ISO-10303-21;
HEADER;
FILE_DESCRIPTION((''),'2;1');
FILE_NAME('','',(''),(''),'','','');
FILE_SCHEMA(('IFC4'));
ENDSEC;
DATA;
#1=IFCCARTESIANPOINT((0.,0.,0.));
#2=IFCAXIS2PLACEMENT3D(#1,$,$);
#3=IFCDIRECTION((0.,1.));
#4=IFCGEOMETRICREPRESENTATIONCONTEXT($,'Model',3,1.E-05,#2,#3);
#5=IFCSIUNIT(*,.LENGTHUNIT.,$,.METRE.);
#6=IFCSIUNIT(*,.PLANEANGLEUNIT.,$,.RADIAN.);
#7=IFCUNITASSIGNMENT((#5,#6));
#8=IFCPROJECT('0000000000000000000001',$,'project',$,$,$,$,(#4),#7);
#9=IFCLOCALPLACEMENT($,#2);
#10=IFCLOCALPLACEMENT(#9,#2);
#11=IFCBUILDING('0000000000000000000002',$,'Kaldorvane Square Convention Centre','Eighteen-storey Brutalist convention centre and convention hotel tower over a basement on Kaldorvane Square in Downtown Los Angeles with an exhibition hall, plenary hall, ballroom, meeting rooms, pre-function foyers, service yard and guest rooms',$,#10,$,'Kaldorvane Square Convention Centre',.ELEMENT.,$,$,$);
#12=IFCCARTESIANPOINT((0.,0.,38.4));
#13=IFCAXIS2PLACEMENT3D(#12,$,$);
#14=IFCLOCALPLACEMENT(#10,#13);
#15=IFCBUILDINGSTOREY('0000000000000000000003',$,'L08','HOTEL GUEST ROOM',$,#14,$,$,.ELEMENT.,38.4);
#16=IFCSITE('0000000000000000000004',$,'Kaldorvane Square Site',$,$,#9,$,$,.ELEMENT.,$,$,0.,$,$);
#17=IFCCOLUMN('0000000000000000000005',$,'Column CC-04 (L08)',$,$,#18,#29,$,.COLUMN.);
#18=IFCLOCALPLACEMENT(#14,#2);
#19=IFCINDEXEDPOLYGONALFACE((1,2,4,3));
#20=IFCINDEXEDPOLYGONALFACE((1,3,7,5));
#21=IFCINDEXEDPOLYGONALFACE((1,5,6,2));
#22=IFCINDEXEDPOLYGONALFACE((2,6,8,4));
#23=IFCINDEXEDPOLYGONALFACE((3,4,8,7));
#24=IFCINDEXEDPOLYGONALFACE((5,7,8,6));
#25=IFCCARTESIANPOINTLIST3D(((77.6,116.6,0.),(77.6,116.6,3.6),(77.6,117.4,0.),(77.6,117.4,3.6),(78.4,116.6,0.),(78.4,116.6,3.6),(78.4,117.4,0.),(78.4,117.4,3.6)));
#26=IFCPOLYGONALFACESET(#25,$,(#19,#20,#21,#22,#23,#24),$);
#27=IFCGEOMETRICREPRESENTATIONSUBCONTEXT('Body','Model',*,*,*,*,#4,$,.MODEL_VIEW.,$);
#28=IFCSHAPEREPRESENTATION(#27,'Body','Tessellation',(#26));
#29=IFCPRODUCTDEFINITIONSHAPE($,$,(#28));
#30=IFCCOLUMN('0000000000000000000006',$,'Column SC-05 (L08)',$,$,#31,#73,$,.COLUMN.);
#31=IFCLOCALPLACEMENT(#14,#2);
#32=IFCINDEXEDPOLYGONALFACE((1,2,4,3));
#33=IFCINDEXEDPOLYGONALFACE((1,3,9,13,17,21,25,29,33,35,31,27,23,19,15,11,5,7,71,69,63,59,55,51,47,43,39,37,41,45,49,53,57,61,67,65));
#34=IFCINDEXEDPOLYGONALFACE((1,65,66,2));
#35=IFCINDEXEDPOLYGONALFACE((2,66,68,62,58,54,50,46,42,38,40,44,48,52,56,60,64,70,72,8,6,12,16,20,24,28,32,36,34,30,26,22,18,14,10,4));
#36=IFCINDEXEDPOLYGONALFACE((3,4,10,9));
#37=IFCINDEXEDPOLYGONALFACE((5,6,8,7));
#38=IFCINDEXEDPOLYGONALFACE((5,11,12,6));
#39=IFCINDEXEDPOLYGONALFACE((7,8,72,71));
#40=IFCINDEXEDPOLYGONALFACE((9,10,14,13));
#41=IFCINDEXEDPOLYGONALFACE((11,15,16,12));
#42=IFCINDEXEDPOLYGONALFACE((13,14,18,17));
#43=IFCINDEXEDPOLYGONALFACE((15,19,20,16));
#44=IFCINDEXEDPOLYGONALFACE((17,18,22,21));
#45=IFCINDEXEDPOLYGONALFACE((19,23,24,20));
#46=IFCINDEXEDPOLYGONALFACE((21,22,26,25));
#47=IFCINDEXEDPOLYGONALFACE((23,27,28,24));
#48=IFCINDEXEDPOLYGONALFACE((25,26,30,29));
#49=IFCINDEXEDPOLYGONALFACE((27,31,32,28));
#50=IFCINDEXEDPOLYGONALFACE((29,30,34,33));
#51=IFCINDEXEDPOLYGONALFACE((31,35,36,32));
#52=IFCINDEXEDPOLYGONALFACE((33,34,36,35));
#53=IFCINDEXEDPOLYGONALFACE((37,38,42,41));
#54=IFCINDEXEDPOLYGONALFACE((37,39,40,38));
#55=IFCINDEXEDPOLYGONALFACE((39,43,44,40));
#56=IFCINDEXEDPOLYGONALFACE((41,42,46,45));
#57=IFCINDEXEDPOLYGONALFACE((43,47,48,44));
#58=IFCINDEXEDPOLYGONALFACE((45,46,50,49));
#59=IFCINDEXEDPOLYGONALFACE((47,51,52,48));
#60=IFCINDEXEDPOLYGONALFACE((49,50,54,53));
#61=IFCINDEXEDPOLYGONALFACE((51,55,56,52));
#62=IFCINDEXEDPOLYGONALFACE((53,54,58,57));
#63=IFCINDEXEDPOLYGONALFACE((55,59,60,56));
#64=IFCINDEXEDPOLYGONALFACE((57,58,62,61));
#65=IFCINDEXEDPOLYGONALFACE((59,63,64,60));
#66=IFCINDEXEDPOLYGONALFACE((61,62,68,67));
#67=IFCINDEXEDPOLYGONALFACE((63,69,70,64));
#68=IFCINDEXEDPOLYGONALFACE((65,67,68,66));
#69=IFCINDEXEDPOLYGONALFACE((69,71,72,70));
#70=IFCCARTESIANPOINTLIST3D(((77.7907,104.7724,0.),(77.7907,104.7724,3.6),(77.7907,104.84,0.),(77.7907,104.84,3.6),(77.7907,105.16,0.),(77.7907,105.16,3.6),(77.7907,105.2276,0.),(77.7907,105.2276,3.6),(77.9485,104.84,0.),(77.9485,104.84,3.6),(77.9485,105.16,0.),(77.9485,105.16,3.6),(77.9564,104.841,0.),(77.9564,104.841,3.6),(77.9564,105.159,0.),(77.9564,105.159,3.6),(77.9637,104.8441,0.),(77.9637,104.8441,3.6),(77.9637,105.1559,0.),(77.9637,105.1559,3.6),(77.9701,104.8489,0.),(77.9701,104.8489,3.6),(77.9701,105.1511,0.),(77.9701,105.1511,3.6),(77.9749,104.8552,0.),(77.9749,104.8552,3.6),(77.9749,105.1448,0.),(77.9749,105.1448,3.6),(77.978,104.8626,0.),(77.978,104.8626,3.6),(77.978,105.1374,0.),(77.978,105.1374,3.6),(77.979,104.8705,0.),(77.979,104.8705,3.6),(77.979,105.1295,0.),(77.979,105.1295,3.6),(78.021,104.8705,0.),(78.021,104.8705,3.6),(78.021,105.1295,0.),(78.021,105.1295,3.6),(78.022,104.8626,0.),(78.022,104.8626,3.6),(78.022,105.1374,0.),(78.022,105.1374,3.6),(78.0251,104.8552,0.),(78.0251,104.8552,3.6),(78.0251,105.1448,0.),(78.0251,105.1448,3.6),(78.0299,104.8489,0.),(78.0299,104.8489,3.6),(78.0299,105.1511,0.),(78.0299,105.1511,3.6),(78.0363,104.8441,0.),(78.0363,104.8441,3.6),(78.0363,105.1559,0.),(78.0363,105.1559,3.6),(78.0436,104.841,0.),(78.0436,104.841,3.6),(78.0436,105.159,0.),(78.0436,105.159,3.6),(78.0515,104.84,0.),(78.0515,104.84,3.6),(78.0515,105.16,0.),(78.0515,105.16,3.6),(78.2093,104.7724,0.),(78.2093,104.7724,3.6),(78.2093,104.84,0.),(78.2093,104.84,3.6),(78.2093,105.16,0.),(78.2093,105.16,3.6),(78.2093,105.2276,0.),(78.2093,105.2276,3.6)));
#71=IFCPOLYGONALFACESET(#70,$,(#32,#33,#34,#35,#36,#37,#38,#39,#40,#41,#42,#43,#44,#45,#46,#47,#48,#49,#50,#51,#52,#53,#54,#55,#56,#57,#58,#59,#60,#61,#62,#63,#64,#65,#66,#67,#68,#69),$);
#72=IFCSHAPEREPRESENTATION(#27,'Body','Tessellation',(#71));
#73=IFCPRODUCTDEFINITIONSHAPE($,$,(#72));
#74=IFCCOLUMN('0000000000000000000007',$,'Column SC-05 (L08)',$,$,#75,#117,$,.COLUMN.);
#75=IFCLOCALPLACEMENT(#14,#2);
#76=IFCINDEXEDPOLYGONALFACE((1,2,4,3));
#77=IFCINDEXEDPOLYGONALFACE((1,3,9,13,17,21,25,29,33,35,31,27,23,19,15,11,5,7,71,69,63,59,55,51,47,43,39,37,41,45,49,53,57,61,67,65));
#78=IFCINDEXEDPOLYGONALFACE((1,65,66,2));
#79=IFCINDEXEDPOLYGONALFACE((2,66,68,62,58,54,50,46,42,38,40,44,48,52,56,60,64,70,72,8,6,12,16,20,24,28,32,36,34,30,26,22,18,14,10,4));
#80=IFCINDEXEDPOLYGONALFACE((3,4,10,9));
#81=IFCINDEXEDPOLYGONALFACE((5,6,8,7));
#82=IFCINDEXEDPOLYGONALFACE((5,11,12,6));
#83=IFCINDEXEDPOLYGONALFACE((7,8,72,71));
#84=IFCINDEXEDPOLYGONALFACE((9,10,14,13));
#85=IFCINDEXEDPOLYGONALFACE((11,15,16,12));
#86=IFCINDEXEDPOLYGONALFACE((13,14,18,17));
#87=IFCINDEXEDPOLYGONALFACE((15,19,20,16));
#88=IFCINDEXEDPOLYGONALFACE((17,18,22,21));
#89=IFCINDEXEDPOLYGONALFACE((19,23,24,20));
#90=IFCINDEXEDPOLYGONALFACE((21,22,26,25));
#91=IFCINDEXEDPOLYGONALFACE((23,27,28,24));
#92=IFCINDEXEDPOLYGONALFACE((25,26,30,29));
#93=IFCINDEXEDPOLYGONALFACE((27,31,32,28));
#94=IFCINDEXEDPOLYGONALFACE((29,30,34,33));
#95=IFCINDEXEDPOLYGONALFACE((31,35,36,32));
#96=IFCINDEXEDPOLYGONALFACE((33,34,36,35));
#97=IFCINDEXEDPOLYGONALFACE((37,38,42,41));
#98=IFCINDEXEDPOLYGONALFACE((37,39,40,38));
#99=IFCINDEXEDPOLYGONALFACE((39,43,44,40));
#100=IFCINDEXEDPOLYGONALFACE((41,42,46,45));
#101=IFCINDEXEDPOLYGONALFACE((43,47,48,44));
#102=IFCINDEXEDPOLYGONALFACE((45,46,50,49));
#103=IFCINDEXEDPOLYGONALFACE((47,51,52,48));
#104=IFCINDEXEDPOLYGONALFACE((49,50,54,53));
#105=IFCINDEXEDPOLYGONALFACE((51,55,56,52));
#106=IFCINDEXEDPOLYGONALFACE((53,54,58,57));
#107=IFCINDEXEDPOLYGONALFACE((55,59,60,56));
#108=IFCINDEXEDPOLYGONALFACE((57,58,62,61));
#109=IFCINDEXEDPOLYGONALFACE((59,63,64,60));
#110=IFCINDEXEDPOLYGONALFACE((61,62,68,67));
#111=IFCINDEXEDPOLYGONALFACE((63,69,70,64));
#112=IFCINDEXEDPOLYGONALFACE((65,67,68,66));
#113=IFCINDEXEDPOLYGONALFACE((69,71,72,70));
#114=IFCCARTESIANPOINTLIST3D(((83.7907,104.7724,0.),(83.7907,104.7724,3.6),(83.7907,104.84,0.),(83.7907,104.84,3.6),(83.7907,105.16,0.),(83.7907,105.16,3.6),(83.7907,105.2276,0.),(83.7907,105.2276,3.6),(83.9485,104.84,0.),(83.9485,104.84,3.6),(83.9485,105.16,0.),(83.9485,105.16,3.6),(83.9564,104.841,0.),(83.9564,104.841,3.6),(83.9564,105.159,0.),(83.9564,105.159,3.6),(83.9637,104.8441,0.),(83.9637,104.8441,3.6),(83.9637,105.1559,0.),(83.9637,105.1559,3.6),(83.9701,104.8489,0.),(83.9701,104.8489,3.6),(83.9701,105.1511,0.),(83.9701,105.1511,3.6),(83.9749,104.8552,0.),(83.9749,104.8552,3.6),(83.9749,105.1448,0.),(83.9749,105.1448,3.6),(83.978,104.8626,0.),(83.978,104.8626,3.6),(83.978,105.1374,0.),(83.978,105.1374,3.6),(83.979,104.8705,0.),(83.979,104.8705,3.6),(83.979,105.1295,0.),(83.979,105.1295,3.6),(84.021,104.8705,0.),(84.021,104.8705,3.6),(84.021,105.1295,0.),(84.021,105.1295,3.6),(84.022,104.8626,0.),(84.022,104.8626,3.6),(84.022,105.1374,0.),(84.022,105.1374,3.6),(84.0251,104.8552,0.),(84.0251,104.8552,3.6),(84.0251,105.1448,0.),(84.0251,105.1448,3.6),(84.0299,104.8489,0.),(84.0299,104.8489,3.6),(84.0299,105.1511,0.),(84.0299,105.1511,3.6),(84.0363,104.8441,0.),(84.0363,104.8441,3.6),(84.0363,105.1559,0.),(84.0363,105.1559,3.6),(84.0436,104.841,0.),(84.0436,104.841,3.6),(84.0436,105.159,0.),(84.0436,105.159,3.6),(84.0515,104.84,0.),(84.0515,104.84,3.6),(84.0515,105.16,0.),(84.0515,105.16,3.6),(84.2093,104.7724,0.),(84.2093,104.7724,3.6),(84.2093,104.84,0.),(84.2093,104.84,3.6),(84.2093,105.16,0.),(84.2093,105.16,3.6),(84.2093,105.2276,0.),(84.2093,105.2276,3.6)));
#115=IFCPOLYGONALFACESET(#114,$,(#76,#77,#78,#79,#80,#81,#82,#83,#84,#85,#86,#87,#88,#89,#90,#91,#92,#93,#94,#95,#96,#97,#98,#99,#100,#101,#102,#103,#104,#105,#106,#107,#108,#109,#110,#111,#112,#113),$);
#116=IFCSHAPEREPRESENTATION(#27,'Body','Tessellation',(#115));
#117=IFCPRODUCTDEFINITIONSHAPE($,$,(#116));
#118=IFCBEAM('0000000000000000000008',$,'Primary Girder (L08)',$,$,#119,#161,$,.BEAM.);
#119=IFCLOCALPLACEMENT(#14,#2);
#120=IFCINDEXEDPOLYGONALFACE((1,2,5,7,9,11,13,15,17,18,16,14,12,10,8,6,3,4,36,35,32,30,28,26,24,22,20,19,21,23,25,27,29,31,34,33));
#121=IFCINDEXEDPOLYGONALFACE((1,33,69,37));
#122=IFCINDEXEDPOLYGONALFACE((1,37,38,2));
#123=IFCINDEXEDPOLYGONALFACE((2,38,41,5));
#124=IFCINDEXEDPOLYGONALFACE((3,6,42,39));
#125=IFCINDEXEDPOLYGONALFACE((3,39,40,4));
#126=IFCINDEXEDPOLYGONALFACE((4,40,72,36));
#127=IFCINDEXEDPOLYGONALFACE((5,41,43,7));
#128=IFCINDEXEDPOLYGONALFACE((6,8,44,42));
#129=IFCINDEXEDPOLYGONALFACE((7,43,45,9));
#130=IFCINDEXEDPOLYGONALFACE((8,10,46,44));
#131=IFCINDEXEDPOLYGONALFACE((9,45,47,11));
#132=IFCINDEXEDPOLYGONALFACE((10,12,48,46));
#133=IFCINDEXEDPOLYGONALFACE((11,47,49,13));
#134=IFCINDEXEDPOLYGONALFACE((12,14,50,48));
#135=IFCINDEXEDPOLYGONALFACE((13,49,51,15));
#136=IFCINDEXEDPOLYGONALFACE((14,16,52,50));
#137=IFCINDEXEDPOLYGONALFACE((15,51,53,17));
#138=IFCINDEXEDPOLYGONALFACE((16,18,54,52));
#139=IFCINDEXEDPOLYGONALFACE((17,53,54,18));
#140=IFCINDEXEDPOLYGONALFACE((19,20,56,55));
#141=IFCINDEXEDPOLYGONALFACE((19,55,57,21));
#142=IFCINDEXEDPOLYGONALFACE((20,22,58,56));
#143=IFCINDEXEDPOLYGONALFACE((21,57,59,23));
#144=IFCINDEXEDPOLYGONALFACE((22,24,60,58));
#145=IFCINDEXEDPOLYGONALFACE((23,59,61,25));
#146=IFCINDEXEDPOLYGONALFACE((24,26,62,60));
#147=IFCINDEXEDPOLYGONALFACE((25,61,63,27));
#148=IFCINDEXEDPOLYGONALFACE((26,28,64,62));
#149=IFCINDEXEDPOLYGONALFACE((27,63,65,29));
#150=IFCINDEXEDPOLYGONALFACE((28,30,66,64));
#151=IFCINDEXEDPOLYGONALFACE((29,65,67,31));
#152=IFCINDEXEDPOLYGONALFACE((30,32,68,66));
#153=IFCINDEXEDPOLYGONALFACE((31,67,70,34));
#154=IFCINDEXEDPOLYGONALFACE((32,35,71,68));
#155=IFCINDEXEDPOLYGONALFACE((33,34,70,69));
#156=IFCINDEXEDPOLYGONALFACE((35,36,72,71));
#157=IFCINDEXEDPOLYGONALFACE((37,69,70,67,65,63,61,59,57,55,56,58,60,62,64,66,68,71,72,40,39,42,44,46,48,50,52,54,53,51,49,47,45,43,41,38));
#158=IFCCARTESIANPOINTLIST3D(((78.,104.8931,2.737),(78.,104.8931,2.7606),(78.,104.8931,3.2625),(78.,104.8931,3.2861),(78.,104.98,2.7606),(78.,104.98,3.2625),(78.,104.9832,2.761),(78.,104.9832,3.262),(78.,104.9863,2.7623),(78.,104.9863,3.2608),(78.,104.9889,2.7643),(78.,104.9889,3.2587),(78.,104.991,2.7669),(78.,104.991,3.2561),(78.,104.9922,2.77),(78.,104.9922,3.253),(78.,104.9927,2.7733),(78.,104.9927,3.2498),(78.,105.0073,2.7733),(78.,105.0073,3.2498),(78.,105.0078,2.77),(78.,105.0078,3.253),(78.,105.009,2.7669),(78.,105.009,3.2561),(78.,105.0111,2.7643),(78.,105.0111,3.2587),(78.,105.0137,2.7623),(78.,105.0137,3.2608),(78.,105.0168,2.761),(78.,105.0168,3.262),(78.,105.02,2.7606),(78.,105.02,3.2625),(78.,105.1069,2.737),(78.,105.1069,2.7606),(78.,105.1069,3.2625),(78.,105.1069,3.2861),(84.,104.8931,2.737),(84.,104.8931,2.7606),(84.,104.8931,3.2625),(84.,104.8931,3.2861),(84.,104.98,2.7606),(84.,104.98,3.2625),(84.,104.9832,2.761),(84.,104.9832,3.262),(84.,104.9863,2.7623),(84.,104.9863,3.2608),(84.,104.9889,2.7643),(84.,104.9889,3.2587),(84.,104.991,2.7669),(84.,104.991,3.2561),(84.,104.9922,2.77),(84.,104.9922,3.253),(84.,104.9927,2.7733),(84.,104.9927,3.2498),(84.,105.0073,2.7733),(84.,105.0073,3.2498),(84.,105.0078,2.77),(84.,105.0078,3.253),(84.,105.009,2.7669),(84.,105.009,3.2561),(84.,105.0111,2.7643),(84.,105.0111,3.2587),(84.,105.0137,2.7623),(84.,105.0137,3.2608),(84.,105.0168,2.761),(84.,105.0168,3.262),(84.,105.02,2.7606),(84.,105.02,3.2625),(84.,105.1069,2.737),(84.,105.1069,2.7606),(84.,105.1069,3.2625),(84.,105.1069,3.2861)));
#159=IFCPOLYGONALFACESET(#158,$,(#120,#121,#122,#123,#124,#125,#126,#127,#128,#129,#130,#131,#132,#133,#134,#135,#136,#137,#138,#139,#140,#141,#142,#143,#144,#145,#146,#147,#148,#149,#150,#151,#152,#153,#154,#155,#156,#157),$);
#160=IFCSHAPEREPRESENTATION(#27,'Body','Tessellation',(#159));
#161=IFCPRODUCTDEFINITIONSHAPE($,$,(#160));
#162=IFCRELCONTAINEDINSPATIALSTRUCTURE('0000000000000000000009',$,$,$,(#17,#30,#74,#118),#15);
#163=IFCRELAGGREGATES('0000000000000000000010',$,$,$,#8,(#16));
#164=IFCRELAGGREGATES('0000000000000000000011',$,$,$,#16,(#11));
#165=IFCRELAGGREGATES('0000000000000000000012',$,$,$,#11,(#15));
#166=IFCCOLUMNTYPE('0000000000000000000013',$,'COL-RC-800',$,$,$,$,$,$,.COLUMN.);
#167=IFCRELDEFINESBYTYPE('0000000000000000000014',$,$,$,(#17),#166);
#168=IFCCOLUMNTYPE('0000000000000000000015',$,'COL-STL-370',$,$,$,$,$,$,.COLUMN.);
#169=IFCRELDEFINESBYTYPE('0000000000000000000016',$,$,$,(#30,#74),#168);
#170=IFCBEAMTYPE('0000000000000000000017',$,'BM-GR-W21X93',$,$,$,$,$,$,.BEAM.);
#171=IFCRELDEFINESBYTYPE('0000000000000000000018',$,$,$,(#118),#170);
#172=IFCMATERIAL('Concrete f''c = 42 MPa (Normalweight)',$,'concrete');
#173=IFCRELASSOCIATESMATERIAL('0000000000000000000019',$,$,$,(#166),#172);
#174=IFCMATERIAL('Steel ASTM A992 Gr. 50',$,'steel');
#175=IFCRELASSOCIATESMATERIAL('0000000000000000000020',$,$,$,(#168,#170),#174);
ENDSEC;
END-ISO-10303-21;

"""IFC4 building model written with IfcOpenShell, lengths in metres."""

from ifc_helpers import new_model, si_unit, direction, frame, origin, origin_2d, place, context, subcontext, project, spatial, rectangle, i_section, extrude, material, material_profile, profile_set, type_object, element, save


model = new_model("IFC4")

# Units and contexts
model_context = context("Model", 3, precision=1e-05, world=origin(), true_north=direction((0.0, 1.0)))
body_context = subcontext(model_context, "Body", "Model", "MODEL_VIEW")
ifc_project = project(units=[si_unit("LENGTHUNIT", "METRE"), si_unit("PLANEANGLEUNIT", "RADIAN")], contexts=[model_context])

# Site, building, storey
site_placement = place(None, origin())
site = spatial("IfcSite", under=ifc_project, at=site_placement, Name="Kaldorvane Square Site", CompositionType="ELEMENT", RefElevation=0.0)
building_placement = place(site_placement, origin())
building = spatial("IfcBuilding", under=site, at=building_placement, Name="Kaldorvane Square Convention Centre", Description="Eighteen-storey Brutalist convention centre and convention hotel tower over a basement on Kaldorvane Square in Downtown Los Angeles with an exhibition hall, plenary hall, ballroom, meeting rooms, pre-function foyers, service yard and guest rooms", LongName="Kaldorvane Square Convention Centre", CompositionType="ELEMENT")
storey_placement = place(building_placement, frame((0.0, 0.0, 38.4)))
storey = spatial("IfcBuildingStorey", under=building, at=storey_placement, Name="L08", Description="HOTEL GUEST ROOM", CompositionType="ELEMENT", Elevation=38.4)

# Columns
ifc_material_1 = material(Name="Concrete f'c = 42 MPa (Normalweight)", Category="concrete")
ifc_material_profile_1 = material_profile(ifc_material_1, rectangle(XDim=0.8, YDim=0.8, at=origin_2d()), Name="RC800X800")
ifc_profile_set_1 = profile_set([ifc_material_profile_1], Name="Concrete f'c = 42 MPa (Normalweight)")
column_type_1 = type_object("IfcColumnType", Name="COL-RC-800", PredefinedType="COLUMN", material=ifc_profile_set_1)
column_placement = place(storey_placement, frame((78.0, 117.0, 0.0), z_axis=(0.0, 0.0, 1.0), x_axis=(1.0, 0.0, 0.0)))
element("IfcColumn", 1, at=column_placement, inside=storey, type_object=column_type_1, Name="Column CC-04 (L08)", PredefinedType="COLUMN", context=body_context, shape_type="SweptSolid", body=[
    extrude(rectangle(XDim=0.8, YDim=0.8, at=origin_2d()), origin(), (0.0, 0.0, 1.0), 3.6),
])
ifc_material_2 = material(Name="Steel ASTM A992 Gr. 50", Category="steel")
ifc_material_profile_2 = material_profile(ifc_material_2, i_section(OverallWidth=0.4185, OverallDepth=0.4552, WebThickness=0.042, FlangeThickness=0.0676, FilletRadius=0.0305, at=origin_2d()), Name="W14X370")
ifc_profile_set_2 = profile_set([ifc_material_profile_2], Name="Steel ASTM A992 Gr. 50")
column_type_2 = type_object("IfcColumnType", Name="COL-STL-370", PredefinedType="COLUMN", material=ifc_profile_set_2)
for number, where, z_axis, x_axis, name in (
    (2, (78.0, 105.0, 0.0), (0.0, 0.0, 1.0), (1.0, 0.0, 0.0), "Column SC-05 (L08)"),
    (3, (84.0, 105.0, 0.0), (0.0, 0.0, 1.0), (1.0, 0.0, 0.0), "Column SC-05 (L08)"),
):
    element("IfcColumn", number, at=place(storey_placement, frame(where, z_axis=z_axis, x_axis=x_axis)), inside=storey, type_object=column_type_2, Name=name, PredefinedType="COLUMN", context=body_context, shape_type="SweptSolid", body=[
        extrude(i_section(OverallWidth=0.4185, OverallDepth=0.4552, WebThickness=0.042, FlangeThickness=0.0676, FilletRadius=0.0305, at=origin_2d()), origin(), (0.0, 0.0, 1.0), 3.6),
    ])

# Beam
ifc_material_profile_3 = material_profile(ifc_material_2, i_section(OverallWidth=0.2139, OverallDepth=0.5491, WebThickness=0.0147, FlangeThickness=0.0236, FilletRadius=0.0127, at=origin_2d()), Name="W21X93")
ifc_profile_set_3 = profile_set([ifc_material_profile_3], Name="Steel ASTM A992 Gr. 50")
beam_type_1 = type_object("IfcBeamType", Name="BM-GR-W21X93", PredefinedType="BEAM", material=ifc_profile_set_3)
beam_1_placement = place(storey_placement, frame((78.0, 105.0, 3.0115), z_axis=(1.0, 0.0, 0.0), x_axis=(0.0, 1.0, 0.0)))
element("IfcBeam", 4, at=beam_1_placement, inside=storey, type_object=beam_type_1, Name="Primary Girder (L08)", PredefinedType="BEAM", context=body_context, shape_type="SweptSolid", body=[
    extrude(i_section(OverallWidth=0.2139, OverallDepth=0.5491, WebThickness=0.0147, FlangeThickness=0.0236, FilletRadius=0.0127, at=origin_2d()), origin(), (0.0, 0.0, 1.0), 6.0),
])

save(model, "model.ifc")
